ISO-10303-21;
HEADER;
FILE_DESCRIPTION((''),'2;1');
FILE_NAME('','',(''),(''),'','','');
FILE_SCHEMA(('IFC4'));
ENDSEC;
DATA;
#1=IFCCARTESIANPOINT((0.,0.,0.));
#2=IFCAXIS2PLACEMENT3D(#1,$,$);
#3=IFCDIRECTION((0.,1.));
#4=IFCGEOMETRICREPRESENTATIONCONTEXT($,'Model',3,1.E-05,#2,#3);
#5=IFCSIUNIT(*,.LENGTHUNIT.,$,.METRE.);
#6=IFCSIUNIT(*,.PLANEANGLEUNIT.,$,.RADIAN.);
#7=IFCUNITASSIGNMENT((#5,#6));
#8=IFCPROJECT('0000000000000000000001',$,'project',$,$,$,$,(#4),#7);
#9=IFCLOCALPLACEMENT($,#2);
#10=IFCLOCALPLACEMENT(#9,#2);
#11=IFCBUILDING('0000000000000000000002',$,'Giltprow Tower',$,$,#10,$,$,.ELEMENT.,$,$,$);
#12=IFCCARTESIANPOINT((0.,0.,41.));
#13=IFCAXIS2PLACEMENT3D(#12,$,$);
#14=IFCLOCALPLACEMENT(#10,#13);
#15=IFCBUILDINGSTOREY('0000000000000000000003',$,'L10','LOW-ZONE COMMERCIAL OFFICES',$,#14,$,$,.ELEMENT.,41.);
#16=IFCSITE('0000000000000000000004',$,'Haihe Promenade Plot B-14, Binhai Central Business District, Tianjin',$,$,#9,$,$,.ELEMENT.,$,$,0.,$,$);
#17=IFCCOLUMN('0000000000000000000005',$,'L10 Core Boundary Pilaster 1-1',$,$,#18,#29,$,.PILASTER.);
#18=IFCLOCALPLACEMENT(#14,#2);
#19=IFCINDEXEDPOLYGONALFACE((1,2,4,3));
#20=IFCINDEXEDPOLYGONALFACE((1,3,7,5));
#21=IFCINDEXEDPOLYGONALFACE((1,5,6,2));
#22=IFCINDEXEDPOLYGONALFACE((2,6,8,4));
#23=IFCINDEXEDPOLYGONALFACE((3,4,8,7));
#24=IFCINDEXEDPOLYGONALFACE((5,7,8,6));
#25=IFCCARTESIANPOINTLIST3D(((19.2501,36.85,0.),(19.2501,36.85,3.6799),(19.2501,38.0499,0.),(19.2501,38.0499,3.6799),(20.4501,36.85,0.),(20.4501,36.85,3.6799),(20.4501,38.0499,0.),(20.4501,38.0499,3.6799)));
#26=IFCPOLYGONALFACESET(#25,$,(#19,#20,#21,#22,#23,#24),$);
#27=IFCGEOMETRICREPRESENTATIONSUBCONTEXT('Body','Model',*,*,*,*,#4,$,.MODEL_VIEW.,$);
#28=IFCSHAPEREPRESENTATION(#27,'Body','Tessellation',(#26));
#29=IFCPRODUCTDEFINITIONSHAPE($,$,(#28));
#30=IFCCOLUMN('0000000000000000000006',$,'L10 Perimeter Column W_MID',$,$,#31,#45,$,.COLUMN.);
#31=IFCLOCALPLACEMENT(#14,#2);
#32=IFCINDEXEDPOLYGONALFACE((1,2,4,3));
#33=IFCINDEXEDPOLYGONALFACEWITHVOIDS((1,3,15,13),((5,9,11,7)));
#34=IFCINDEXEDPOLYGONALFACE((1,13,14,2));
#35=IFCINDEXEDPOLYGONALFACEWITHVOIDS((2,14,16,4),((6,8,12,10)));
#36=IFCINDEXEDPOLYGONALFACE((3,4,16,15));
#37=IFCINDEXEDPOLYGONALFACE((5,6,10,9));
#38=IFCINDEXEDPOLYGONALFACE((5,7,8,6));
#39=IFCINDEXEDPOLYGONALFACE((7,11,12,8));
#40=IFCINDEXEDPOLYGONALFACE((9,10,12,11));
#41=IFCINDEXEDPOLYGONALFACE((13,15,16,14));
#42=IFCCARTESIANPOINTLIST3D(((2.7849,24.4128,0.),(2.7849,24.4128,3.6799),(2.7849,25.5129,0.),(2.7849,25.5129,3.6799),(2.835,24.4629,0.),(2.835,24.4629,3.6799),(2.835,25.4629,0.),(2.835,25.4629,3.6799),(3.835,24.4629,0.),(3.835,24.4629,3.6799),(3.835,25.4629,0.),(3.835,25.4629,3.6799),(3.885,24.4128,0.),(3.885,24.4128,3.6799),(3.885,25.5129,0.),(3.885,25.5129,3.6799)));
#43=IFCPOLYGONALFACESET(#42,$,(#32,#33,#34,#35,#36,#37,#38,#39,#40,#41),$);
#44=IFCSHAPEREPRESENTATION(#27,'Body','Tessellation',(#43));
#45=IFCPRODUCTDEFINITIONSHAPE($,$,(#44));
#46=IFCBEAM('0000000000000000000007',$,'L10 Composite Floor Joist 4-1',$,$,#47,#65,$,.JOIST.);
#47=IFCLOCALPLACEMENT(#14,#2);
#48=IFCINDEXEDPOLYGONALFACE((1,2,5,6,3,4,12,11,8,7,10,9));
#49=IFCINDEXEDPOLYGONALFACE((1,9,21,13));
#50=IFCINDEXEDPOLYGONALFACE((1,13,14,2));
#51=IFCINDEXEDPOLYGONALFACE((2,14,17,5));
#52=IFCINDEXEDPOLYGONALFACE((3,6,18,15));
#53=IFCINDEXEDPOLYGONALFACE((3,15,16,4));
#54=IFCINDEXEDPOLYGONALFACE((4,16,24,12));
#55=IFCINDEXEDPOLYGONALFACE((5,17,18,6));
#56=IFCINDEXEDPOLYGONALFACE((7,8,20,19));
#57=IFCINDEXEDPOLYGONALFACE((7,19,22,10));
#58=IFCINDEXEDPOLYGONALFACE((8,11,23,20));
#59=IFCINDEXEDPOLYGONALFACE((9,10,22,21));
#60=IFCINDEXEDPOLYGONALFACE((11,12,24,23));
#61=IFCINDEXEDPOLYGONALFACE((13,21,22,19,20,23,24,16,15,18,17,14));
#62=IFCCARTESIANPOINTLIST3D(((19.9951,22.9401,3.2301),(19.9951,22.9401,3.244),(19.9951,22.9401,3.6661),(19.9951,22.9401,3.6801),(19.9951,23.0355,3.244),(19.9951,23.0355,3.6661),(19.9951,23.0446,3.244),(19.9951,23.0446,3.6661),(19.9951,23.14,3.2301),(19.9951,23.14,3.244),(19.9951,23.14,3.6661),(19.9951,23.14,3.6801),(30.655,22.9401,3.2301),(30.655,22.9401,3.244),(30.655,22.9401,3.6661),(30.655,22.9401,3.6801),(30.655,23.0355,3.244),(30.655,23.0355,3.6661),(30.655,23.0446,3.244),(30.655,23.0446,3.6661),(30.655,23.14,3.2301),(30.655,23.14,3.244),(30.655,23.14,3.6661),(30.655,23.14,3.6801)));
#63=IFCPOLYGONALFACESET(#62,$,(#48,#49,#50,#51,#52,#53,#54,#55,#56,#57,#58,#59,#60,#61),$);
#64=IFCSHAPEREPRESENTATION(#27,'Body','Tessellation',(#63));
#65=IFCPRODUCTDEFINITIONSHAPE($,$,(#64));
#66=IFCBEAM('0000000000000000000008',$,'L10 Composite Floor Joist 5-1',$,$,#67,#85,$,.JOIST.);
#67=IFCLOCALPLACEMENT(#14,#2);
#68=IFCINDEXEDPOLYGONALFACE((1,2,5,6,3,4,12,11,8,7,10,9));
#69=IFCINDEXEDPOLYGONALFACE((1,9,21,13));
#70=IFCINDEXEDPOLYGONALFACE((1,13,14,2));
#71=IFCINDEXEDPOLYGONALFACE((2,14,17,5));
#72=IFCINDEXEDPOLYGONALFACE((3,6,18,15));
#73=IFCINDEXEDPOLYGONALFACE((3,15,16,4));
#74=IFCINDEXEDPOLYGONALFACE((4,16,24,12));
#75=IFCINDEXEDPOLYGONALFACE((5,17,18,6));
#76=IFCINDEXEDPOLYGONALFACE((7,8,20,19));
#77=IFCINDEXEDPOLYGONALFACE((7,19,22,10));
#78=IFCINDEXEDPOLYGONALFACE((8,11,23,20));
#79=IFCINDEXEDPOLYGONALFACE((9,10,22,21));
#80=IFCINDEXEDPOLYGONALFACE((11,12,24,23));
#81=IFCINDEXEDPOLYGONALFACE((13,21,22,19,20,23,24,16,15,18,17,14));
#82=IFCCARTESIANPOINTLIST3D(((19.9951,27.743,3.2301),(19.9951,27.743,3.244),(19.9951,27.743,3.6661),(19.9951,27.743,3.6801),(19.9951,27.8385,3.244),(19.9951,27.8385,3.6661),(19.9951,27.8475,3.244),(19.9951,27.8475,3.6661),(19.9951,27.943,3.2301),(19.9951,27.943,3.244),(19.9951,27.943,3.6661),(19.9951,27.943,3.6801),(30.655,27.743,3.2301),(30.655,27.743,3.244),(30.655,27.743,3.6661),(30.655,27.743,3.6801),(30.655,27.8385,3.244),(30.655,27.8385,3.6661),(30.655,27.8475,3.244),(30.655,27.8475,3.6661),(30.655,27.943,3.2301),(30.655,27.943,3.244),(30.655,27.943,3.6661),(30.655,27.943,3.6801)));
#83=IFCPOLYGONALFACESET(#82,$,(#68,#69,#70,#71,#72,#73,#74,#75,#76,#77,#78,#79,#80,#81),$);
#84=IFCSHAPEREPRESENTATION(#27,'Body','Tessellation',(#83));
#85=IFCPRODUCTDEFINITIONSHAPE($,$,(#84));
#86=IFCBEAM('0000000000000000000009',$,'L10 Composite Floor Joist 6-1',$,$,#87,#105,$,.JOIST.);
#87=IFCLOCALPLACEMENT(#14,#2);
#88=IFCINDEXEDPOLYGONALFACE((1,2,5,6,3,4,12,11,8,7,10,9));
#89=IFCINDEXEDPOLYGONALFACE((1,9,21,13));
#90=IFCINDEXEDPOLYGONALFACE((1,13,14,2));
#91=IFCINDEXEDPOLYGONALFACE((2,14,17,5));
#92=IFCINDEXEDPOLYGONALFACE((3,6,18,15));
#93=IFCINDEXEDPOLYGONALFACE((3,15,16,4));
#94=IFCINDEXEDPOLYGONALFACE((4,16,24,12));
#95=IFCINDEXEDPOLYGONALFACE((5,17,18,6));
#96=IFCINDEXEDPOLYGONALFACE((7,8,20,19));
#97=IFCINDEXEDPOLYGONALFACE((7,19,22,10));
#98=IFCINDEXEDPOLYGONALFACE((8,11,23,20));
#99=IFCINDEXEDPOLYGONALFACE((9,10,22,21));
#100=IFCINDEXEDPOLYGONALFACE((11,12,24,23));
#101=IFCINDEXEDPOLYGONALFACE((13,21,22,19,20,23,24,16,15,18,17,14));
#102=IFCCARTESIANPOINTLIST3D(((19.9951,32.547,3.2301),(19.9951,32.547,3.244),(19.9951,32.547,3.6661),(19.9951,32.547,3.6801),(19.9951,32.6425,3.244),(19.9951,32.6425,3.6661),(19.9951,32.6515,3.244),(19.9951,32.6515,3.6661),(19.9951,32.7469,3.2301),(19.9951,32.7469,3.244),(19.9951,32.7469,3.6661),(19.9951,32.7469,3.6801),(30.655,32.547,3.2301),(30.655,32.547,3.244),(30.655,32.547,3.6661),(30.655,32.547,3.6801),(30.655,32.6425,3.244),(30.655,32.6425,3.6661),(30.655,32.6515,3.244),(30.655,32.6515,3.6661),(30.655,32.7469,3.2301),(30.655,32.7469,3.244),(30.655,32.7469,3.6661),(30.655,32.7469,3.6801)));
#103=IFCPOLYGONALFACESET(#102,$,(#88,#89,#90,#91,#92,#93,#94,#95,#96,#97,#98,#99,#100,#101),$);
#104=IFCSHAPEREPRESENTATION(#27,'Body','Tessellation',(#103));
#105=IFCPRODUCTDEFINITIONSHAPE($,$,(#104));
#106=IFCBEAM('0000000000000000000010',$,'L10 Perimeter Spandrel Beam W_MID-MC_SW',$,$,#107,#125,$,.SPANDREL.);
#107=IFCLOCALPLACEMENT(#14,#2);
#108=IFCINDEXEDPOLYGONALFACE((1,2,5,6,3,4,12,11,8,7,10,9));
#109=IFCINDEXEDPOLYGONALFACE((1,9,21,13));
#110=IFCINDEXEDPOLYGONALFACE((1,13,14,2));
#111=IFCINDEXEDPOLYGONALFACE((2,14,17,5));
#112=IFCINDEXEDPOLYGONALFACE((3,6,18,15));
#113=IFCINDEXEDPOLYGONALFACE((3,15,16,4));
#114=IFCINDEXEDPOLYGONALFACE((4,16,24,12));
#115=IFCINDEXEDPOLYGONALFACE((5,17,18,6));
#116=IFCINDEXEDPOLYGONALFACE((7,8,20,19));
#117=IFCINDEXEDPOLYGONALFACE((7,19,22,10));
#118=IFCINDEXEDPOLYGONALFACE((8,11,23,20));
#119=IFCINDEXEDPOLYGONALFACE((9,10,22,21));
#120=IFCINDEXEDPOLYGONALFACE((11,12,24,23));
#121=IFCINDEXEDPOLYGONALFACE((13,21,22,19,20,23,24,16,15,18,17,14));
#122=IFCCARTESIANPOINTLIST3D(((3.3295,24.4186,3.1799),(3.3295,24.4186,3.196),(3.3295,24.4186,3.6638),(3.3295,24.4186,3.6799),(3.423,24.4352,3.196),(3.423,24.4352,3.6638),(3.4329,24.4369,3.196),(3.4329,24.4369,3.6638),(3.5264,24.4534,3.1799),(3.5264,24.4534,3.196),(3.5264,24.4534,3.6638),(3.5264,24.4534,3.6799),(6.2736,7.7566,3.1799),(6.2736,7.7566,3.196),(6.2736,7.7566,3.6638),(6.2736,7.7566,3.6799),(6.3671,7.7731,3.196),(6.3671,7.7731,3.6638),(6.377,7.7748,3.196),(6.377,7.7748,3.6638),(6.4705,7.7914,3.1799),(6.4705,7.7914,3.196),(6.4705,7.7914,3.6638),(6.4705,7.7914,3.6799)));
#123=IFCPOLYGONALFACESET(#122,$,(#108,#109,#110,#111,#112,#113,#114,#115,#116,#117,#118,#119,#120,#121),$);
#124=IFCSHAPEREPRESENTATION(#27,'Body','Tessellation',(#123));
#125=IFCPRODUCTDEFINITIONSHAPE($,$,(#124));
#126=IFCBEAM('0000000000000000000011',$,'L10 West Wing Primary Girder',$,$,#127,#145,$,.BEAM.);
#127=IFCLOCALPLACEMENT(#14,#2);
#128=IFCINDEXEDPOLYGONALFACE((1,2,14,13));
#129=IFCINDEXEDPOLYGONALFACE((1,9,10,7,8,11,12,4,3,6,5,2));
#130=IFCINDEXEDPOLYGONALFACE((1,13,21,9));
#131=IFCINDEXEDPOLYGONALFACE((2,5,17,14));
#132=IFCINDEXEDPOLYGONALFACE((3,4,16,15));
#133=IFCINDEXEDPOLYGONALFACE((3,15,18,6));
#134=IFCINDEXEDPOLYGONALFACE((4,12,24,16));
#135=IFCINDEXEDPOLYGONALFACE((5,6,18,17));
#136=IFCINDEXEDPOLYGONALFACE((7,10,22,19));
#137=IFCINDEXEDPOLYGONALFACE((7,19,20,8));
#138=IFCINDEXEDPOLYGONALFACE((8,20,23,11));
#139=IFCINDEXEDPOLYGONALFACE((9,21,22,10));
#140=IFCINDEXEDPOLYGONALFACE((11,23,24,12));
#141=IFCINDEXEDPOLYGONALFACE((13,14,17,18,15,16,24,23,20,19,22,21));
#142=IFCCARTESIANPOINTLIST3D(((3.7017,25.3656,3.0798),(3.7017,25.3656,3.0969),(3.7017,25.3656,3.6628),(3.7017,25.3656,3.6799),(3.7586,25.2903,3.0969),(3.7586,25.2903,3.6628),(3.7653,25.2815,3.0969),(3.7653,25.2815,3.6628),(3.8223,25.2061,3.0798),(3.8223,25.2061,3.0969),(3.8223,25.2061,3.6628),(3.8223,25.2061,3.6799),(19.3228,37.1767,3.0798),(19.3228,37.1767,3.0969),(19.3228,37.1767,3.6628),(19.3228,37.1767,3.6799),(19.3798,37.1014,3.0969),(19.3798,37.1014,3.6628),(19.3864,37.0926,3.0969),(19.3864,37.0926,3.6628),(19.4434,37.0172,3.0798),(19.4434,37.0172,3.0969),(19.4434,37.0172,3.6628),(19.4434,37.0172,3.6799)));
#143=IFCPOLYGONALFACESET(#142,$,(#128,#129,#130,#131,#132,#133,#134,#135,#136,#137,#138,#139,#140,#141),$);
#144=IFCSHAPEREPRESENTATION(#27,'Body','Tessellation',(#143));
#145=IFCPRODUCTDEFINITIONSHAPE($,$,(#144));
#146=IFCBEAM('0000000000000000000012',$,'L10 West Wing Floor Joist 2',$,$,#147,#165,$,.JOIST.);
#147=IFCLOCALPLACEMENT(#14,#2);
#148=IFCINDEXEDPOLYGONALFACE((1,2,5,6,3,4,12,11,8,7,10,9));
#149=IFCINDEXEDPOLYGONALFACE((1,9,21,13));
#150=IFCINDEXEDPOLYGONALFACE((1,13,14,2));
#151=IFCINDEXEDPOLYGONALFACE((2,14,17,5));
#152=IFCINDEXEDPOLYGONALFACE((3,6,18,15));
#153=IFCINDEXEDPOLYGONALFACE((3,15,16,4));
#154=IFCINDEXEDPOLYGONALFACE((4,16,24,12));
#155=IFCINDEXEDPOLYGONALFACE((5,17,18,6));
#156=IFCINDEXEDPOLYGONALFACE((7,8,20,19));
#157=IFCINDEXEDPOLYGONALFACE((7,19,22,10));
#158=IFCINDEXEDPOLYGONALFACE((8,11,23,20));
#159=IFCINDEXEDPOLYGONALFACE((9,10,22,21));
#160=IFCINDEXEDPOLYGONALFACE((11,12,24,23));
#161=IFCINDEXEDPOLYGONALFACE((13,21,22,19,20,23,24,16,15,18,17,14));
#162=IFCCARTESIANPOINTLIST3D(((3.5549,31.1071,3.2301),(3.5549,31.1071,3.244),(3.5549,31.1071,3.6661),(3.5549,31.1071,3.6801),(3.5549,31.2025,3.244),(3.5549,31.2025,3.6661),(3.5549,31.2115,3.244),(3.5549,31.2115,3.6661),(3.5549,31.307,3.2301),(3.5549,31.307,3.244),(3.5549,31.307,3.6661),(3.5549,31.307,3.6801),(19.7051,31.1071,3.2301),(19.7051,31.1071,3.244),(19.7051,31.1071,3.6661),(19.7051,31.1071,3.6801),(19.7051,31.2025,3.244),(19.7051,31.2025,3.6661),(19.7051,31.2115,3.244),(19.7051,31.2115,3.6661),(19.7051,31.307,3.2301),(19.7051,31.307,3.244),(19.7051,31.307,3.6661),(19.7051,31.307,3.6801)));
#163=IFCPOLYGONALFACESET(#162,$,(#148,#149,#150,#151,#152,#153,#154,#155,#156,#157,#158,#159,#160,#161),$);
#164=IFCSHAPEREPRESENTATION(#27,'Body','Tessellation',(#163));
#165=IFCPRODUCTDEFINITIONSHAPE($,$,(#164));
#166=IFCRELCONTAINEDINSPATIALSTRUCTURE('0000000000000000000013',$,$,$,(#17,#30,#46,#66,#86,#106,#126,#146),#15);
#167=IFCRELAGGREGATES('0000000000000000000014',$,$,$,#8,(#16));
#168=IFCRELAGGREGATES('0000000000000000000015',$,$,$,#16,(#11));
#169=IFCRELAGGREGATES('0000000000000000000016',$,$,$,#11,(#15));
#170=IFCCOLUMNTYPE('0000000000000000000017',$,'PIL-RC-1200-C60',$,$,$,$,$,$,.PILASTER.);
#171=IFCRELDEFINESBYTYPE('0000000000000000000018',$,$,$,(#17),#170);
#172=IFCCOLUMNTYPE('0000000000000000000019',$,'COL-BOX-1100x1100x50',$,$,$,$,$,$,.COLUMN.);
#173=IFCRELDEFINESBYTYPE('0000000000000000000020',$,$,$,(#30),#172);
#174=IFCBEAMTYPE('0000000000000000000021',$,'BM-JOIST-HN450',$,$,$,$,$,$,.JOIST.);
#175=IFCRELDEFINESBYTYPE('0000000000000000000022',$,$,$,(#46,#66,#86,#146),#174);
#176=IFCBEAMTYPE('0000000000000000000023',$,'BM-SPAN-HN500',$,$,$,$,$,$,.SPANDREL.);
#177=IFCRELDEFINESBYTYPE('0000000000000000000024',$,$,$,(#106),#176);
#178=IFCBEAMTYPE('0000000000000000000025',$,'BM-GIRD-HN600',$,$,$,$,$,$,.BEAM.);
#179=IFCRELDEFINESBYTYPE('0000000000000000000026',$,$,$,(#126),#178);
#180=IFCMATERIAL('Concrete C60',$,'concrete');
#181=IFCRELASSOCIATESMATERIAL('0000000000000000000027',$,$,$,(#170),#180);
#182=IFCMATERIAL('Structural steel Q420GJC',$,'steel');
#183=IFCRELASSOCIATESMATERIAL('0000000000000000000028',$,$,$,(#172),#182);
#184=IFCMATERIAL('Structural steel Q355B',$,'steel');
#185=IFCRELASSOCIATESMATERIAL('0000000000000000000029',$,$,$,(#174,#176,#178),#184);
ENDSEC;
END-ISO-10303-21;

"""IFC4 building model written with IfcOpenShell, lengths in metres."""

from ifc_helpers import new_model, si_unit, direction, frame, origin, origin_2d, place, context, subcontext, project, spatial, rectangle, hollow_rectangle, i_section, extrude, source, transform, mapped, material, material_profile, profile_set, type_object, element, save


model = new_model("IFC4")

# Units and contexts
model_context = context("Model", 3, precision=1e-05, world=origin(), true_north=direction((0.0, 1.0)))
body_context = subcontext(model_context, "Body", "Model", "MODEL_VIEW")
ifc_project = project(units=[si_unit("LENGTHUNIT", "METRE"), si_unit("PLANEANGLEUNIT", "RADIAN")], contexts=[model_context])

# Site, building, storey
site_placement = place(None, origin())
site = spatial("IfcSite", under=ifc_project, at=site_placement, Name="Haihe Promenade Plot B-14, Binhai Central Business District, Tianjin", CompositionType="ELEMENT", RefElevation=0.0)
building_placement = place(site_placement, origin())
building = spatial("IfcBuilding", under=site, at=building_placement, Name="Giltprow Tower", CompositionType="ELEMENT")
storey_placement = place(building_placement, frame((0.0, 0.0, 41.0)))
storey = spatial("IfcBuildingStorey", under=building, at=storey_placement, Name="L10", Description="LOW-ZONE COMMERCIAL OFFICES", CompositionType="ELEMENT", Elevation=41.0)

# Columns
ifc_material_1 = material(Name="Concrete C60", Category="concrete")
ifc_material_profile_1 = material_profile(ifc_material_1, rectangle(XDim=1.2, YDim=1.2, at=origin_2d()), Name="RC 1200x1200")
ifc_profile_set_1 = profile_set([ifc_material_profile_1], Name="Concrete C60")
column_type_1 = type_object("IfcColumnType", Name="PIL-RC-1200-C60", PredefinedType="PILASTER", material=ifc_profile_set_1)
shared_shape_1 = source(origin(), body_context, "Body", "SweptSolid", [
    extrude(rectangle(XDim=1.2, YDim=1.2, at=origin_2d()), origin(), (0.0, 0.0, 1.0), 3.6799),
])
column_1_placement = place(storey_placement, frame((19.8501, 37.45, 0.0), z_axis=(0.0, 0.0, 1.0), x_axis=(1.0, 0.0, 0.0)))
element("IfcColumn", 1, at=column_1_placement, inside=storey, type_object=column_type_1, Name="L10 Core Boundary Pilaster 1-1", PredefinedType="PILASTER", context=body_context, shape_type="MappedRepresentation", body=[
    mapped(shared_shape_1, transform((0.0, 0.0, 0.0), x_axis=(1.0, 0.0, 0.0), y_axis=(0.0, 1.0, 0.0), z_axis=(0.0, 0.0, 1.0), scale=1.0)),
])
ifc_material_2 = material(Name="Structural steel Q420GJC", Category="steel")
ifc_material_profile_2 = material_profile(ifc_material_2, hollow_rectangle(XDim=1.1001, YDim=1.1001, WallThickness=0.05, at=origin_2d()), Name="BOX 1100x1100x50")
ifc_profile_set_2 = profile_set([ifc_material_profile_2], Name="Structural steel Q420GJC")
column_type_2 = type_object("IfcColumnType", Name="COL-BOX-1100x1100x50", PredefinedType="COLUMN", material=ifc_profile_set_2)
shared_shape_2 = source(origin(), body_context, "Body", "SweptSolid", [
    extrude(hollow_rectangle(XDim=1.1001, YDim=1.1001, WallThickness=0.05, at=origin_2d()), origin(), (0.0, 0.0, 1.0), 3.6799),
])
column_2_placement = place(storey_placement, frame((3.335, 24.9629, 0.0), z_axis=(0.0, 0.0, 1.0), x_axis=(1.0, 0.0, 0.0)))
element("IfcColumn", 2, at=column_2_placement, inside=storey, type_object=column_type_2, Name="L10 Perimeter Column W_MID", PredefinedType="COLUMN", context=body_context, shape_type="MappedRepresentation", body=[
    mapped(shared_shape_2, transform((0.0, 0.0, 0.0), x_axis=(1.0, 0.0, 0.0), y_axis=(0.0, 1.0, 0.0), z_axis=(0.0, 0.0, 1.0), scale=1.0)),
])

# Beams
ifc_material_3 = material(Name="Structural steel Q355B", Category="steel")
ifc_material_profile_3 = material_profile(ifc_material_3, i_section(OverallWidth=0.2, OverallDepth=0.45, WebThickness=0.009, FlangeThickness=0.0139, at=origin_2d()), Name="HN 450x200x9x14")
ifc_profile_set_3 = profile_set([ifc_material_profile_3], Name="Structural steel Q355B")
beam_type_1 = type_object("IfcBeamType", Name="BM-JOIST-HN450", PredefinedType="JOIST", material=ifc_profile_set_3)
shared_shape_3 = source(origin(), body_context, "Body", "SweptSolid", [
    extrude(i_section(OverallWidth=0.2, OverallDepth=0.45, WebThickness=0.009, FlangeThickness=0.0139, at=origin_2d()), origin(), (0.0, 0.0, 1.0), 10.6599),
])
for number, where, z_axis, x_axis, name in (
    (3, (19.9951, 23.04, 3.4551), (1.0, 0.0, 0.0), (0.0, 1.0, 0.0), "L10 Composite Floor Joist 4-1"),
    (4, (19.9951, 27.843, 3.4551), (1.0, 0.0, 0.0), (0.0, 1.0, 0.0), "L10 Composite Floor Joist 5-1"),
    (5, (19.9951, 32.647, 3.4551), (1.0, 0.0, 0.0), (0.0, 1.0, 0.0), "L10 Composite Floor Joist 6-1"),
):
    element("IfcBeam", number, at=place(storey_placement, frame(where, z_axis=z_axis, x_axis=x_axis)), inside=storey, type_object=beam_type_1, Name=name, PredefinedType="JOIST", context=body_context, shape_type="MappedRepresentation", body=[
        mapped(shared_shape_3, transform((0.0, 0.0, 0.0), x_axis=(1.0, 0.0, 0.0), y_axis=(0.0, 1.0, 0.0), z_axis=(0.0, 0.0, 1.0), scale=1.0)),
    ])
ifc_material_profile_4 = material_profile(ifc_material_3, i_section(OverallWidth=0.2, OverallDepth=0.5, WebThickness=0.01, FlangeThickness=0.0161, at=origin_2d()), Name="HN 500x200x10x16")
ifc_profile_set_4 = profile_set([ifc_material_profile_4], Name="Structural steel Q355B")
beam_type_2 = type_object("IfcBeamType", Name="BM-SPAN-HN500", PredefinedType="SPANDREL", material=ifc_profile_set_4)
shared_shape_4 = source(origin(), body_context, "Body", "SweptSolid", [
    extrude(i_section(OverallWidth=0.2, OverallDepth=0.5, WebThickness=0.01, FlangeThickness=0.0161, at=origin_2d()), origin(), (0.0, 0.0, 1.0), 16.9202),
])
beam_1_placement = place(storey_placement, frame((3.428, 24.436, 3.4299), z_axis=(0.173999, -0.984746, 0.0), x_axis=(0.984746, 0.173999, 0.0)))
element("IfcBeam", 6, at=beam_1_placement, inside=storey, type_object=beam_type_2, Name="L10 Perimeter Spandrel Beam W_MID-MC_SW", PredefinedType="SPANDREL", context=body_context, shape_type="MappedRepresentation", body=[
    mapped(shared_shape_4, transform((0.0, 0.0, 0.0), x_axis=(1.0, 0.0, 0.0), y_axis=(0.0, 1.0, 0.0), z_axis=(0.0, 0.0, 1.0), scale=1.0)),
])
ifc_material_profile_5 = material_profile(ifc_material_3, i_section(OverallWidth=0.2, OverallDepth=0.6001, WebThickness=0.011, FlangeThickness=0.0171, at=origin_2d()), Name="HN 600x200x11x17")
ifc_profile_set_5 = profile_set([ifc_material_profile_5], Name="Structural steel Q355B")
beam_type_3 = type_object("IfcBeamType", Name="BM-GIRD-HN600", PredefinedType="BEAM", material=ifc_profile_set_5)
shared_shape_5 = source(origin(), body_context, "Body", "SweptSolid", [
    extrude(i_section(OverallWidth=0.2, OverallDepth=0.6001, WebThickness=0.011, FlangeThickness=0.0171, at=origin_2d()), origin(), (0.0, 0.0, 1.0), 19.5837),
])
beam_2_placement = place(storey_placement, frame((3.762, 25.2859, 3.3799), z_axis=(0.79766, 0.603107, 0.0), x_axis=(-0.603107, 0.79766, 0.0)))
element("IfcBeam", 7, at=beam_2_placement, inside=storey, type_object=beam_type_3, Name="L10 West Wing Primary Girder", PredefinedType="BEAM", context=body_context, shape_type="MappedRepresentation", body=[
    mapped(shared_shape_5, transform((0.0, 0.0, 0.0), x_axis=(1.0, 0.0, 0.0), y_axis=(0.0, 1.0, 0.0), z_axis=(0.0, 0.0, 1.0), scale=1.0)),
])
shared_shape_6 = source(origin(), body_context, "Body", "SweptSolid", [
    extrude(i_section(OverallWidth=0.2, OverallDepth=0.45, WebThickness=0.009, FlangeThickness=0.0139, at=origin_2d()), origin(), (0.0, 0.0, 1.0), 16.1501),
])
beam_3_placement = place(storey_placement, frame((3.5549, 31.207, 3.4551), z_axis=(1.0, 0.0, 0.0), x_axis=(0.0, 1.0, 0.0)))
element("IfcBeam", 8, at=beam_3_placement, inside=storey, type_object=beam_type_1, Name="L10 West Wing Floor Joist 2", PredefinedType="JOIST", context=body_context, shape_type="MappedRepresentation", body=[
    mapped(shared_shape_6, transform((0.0, 0.0, 0.0), x_axis=(1.0, 0.0, 0.0), y_axis=(0.0, 1.0, 0.0), z_axis=(0.0, 0.0, 1.0), scale=1.0)),
])

save(model, "model.ifc")
